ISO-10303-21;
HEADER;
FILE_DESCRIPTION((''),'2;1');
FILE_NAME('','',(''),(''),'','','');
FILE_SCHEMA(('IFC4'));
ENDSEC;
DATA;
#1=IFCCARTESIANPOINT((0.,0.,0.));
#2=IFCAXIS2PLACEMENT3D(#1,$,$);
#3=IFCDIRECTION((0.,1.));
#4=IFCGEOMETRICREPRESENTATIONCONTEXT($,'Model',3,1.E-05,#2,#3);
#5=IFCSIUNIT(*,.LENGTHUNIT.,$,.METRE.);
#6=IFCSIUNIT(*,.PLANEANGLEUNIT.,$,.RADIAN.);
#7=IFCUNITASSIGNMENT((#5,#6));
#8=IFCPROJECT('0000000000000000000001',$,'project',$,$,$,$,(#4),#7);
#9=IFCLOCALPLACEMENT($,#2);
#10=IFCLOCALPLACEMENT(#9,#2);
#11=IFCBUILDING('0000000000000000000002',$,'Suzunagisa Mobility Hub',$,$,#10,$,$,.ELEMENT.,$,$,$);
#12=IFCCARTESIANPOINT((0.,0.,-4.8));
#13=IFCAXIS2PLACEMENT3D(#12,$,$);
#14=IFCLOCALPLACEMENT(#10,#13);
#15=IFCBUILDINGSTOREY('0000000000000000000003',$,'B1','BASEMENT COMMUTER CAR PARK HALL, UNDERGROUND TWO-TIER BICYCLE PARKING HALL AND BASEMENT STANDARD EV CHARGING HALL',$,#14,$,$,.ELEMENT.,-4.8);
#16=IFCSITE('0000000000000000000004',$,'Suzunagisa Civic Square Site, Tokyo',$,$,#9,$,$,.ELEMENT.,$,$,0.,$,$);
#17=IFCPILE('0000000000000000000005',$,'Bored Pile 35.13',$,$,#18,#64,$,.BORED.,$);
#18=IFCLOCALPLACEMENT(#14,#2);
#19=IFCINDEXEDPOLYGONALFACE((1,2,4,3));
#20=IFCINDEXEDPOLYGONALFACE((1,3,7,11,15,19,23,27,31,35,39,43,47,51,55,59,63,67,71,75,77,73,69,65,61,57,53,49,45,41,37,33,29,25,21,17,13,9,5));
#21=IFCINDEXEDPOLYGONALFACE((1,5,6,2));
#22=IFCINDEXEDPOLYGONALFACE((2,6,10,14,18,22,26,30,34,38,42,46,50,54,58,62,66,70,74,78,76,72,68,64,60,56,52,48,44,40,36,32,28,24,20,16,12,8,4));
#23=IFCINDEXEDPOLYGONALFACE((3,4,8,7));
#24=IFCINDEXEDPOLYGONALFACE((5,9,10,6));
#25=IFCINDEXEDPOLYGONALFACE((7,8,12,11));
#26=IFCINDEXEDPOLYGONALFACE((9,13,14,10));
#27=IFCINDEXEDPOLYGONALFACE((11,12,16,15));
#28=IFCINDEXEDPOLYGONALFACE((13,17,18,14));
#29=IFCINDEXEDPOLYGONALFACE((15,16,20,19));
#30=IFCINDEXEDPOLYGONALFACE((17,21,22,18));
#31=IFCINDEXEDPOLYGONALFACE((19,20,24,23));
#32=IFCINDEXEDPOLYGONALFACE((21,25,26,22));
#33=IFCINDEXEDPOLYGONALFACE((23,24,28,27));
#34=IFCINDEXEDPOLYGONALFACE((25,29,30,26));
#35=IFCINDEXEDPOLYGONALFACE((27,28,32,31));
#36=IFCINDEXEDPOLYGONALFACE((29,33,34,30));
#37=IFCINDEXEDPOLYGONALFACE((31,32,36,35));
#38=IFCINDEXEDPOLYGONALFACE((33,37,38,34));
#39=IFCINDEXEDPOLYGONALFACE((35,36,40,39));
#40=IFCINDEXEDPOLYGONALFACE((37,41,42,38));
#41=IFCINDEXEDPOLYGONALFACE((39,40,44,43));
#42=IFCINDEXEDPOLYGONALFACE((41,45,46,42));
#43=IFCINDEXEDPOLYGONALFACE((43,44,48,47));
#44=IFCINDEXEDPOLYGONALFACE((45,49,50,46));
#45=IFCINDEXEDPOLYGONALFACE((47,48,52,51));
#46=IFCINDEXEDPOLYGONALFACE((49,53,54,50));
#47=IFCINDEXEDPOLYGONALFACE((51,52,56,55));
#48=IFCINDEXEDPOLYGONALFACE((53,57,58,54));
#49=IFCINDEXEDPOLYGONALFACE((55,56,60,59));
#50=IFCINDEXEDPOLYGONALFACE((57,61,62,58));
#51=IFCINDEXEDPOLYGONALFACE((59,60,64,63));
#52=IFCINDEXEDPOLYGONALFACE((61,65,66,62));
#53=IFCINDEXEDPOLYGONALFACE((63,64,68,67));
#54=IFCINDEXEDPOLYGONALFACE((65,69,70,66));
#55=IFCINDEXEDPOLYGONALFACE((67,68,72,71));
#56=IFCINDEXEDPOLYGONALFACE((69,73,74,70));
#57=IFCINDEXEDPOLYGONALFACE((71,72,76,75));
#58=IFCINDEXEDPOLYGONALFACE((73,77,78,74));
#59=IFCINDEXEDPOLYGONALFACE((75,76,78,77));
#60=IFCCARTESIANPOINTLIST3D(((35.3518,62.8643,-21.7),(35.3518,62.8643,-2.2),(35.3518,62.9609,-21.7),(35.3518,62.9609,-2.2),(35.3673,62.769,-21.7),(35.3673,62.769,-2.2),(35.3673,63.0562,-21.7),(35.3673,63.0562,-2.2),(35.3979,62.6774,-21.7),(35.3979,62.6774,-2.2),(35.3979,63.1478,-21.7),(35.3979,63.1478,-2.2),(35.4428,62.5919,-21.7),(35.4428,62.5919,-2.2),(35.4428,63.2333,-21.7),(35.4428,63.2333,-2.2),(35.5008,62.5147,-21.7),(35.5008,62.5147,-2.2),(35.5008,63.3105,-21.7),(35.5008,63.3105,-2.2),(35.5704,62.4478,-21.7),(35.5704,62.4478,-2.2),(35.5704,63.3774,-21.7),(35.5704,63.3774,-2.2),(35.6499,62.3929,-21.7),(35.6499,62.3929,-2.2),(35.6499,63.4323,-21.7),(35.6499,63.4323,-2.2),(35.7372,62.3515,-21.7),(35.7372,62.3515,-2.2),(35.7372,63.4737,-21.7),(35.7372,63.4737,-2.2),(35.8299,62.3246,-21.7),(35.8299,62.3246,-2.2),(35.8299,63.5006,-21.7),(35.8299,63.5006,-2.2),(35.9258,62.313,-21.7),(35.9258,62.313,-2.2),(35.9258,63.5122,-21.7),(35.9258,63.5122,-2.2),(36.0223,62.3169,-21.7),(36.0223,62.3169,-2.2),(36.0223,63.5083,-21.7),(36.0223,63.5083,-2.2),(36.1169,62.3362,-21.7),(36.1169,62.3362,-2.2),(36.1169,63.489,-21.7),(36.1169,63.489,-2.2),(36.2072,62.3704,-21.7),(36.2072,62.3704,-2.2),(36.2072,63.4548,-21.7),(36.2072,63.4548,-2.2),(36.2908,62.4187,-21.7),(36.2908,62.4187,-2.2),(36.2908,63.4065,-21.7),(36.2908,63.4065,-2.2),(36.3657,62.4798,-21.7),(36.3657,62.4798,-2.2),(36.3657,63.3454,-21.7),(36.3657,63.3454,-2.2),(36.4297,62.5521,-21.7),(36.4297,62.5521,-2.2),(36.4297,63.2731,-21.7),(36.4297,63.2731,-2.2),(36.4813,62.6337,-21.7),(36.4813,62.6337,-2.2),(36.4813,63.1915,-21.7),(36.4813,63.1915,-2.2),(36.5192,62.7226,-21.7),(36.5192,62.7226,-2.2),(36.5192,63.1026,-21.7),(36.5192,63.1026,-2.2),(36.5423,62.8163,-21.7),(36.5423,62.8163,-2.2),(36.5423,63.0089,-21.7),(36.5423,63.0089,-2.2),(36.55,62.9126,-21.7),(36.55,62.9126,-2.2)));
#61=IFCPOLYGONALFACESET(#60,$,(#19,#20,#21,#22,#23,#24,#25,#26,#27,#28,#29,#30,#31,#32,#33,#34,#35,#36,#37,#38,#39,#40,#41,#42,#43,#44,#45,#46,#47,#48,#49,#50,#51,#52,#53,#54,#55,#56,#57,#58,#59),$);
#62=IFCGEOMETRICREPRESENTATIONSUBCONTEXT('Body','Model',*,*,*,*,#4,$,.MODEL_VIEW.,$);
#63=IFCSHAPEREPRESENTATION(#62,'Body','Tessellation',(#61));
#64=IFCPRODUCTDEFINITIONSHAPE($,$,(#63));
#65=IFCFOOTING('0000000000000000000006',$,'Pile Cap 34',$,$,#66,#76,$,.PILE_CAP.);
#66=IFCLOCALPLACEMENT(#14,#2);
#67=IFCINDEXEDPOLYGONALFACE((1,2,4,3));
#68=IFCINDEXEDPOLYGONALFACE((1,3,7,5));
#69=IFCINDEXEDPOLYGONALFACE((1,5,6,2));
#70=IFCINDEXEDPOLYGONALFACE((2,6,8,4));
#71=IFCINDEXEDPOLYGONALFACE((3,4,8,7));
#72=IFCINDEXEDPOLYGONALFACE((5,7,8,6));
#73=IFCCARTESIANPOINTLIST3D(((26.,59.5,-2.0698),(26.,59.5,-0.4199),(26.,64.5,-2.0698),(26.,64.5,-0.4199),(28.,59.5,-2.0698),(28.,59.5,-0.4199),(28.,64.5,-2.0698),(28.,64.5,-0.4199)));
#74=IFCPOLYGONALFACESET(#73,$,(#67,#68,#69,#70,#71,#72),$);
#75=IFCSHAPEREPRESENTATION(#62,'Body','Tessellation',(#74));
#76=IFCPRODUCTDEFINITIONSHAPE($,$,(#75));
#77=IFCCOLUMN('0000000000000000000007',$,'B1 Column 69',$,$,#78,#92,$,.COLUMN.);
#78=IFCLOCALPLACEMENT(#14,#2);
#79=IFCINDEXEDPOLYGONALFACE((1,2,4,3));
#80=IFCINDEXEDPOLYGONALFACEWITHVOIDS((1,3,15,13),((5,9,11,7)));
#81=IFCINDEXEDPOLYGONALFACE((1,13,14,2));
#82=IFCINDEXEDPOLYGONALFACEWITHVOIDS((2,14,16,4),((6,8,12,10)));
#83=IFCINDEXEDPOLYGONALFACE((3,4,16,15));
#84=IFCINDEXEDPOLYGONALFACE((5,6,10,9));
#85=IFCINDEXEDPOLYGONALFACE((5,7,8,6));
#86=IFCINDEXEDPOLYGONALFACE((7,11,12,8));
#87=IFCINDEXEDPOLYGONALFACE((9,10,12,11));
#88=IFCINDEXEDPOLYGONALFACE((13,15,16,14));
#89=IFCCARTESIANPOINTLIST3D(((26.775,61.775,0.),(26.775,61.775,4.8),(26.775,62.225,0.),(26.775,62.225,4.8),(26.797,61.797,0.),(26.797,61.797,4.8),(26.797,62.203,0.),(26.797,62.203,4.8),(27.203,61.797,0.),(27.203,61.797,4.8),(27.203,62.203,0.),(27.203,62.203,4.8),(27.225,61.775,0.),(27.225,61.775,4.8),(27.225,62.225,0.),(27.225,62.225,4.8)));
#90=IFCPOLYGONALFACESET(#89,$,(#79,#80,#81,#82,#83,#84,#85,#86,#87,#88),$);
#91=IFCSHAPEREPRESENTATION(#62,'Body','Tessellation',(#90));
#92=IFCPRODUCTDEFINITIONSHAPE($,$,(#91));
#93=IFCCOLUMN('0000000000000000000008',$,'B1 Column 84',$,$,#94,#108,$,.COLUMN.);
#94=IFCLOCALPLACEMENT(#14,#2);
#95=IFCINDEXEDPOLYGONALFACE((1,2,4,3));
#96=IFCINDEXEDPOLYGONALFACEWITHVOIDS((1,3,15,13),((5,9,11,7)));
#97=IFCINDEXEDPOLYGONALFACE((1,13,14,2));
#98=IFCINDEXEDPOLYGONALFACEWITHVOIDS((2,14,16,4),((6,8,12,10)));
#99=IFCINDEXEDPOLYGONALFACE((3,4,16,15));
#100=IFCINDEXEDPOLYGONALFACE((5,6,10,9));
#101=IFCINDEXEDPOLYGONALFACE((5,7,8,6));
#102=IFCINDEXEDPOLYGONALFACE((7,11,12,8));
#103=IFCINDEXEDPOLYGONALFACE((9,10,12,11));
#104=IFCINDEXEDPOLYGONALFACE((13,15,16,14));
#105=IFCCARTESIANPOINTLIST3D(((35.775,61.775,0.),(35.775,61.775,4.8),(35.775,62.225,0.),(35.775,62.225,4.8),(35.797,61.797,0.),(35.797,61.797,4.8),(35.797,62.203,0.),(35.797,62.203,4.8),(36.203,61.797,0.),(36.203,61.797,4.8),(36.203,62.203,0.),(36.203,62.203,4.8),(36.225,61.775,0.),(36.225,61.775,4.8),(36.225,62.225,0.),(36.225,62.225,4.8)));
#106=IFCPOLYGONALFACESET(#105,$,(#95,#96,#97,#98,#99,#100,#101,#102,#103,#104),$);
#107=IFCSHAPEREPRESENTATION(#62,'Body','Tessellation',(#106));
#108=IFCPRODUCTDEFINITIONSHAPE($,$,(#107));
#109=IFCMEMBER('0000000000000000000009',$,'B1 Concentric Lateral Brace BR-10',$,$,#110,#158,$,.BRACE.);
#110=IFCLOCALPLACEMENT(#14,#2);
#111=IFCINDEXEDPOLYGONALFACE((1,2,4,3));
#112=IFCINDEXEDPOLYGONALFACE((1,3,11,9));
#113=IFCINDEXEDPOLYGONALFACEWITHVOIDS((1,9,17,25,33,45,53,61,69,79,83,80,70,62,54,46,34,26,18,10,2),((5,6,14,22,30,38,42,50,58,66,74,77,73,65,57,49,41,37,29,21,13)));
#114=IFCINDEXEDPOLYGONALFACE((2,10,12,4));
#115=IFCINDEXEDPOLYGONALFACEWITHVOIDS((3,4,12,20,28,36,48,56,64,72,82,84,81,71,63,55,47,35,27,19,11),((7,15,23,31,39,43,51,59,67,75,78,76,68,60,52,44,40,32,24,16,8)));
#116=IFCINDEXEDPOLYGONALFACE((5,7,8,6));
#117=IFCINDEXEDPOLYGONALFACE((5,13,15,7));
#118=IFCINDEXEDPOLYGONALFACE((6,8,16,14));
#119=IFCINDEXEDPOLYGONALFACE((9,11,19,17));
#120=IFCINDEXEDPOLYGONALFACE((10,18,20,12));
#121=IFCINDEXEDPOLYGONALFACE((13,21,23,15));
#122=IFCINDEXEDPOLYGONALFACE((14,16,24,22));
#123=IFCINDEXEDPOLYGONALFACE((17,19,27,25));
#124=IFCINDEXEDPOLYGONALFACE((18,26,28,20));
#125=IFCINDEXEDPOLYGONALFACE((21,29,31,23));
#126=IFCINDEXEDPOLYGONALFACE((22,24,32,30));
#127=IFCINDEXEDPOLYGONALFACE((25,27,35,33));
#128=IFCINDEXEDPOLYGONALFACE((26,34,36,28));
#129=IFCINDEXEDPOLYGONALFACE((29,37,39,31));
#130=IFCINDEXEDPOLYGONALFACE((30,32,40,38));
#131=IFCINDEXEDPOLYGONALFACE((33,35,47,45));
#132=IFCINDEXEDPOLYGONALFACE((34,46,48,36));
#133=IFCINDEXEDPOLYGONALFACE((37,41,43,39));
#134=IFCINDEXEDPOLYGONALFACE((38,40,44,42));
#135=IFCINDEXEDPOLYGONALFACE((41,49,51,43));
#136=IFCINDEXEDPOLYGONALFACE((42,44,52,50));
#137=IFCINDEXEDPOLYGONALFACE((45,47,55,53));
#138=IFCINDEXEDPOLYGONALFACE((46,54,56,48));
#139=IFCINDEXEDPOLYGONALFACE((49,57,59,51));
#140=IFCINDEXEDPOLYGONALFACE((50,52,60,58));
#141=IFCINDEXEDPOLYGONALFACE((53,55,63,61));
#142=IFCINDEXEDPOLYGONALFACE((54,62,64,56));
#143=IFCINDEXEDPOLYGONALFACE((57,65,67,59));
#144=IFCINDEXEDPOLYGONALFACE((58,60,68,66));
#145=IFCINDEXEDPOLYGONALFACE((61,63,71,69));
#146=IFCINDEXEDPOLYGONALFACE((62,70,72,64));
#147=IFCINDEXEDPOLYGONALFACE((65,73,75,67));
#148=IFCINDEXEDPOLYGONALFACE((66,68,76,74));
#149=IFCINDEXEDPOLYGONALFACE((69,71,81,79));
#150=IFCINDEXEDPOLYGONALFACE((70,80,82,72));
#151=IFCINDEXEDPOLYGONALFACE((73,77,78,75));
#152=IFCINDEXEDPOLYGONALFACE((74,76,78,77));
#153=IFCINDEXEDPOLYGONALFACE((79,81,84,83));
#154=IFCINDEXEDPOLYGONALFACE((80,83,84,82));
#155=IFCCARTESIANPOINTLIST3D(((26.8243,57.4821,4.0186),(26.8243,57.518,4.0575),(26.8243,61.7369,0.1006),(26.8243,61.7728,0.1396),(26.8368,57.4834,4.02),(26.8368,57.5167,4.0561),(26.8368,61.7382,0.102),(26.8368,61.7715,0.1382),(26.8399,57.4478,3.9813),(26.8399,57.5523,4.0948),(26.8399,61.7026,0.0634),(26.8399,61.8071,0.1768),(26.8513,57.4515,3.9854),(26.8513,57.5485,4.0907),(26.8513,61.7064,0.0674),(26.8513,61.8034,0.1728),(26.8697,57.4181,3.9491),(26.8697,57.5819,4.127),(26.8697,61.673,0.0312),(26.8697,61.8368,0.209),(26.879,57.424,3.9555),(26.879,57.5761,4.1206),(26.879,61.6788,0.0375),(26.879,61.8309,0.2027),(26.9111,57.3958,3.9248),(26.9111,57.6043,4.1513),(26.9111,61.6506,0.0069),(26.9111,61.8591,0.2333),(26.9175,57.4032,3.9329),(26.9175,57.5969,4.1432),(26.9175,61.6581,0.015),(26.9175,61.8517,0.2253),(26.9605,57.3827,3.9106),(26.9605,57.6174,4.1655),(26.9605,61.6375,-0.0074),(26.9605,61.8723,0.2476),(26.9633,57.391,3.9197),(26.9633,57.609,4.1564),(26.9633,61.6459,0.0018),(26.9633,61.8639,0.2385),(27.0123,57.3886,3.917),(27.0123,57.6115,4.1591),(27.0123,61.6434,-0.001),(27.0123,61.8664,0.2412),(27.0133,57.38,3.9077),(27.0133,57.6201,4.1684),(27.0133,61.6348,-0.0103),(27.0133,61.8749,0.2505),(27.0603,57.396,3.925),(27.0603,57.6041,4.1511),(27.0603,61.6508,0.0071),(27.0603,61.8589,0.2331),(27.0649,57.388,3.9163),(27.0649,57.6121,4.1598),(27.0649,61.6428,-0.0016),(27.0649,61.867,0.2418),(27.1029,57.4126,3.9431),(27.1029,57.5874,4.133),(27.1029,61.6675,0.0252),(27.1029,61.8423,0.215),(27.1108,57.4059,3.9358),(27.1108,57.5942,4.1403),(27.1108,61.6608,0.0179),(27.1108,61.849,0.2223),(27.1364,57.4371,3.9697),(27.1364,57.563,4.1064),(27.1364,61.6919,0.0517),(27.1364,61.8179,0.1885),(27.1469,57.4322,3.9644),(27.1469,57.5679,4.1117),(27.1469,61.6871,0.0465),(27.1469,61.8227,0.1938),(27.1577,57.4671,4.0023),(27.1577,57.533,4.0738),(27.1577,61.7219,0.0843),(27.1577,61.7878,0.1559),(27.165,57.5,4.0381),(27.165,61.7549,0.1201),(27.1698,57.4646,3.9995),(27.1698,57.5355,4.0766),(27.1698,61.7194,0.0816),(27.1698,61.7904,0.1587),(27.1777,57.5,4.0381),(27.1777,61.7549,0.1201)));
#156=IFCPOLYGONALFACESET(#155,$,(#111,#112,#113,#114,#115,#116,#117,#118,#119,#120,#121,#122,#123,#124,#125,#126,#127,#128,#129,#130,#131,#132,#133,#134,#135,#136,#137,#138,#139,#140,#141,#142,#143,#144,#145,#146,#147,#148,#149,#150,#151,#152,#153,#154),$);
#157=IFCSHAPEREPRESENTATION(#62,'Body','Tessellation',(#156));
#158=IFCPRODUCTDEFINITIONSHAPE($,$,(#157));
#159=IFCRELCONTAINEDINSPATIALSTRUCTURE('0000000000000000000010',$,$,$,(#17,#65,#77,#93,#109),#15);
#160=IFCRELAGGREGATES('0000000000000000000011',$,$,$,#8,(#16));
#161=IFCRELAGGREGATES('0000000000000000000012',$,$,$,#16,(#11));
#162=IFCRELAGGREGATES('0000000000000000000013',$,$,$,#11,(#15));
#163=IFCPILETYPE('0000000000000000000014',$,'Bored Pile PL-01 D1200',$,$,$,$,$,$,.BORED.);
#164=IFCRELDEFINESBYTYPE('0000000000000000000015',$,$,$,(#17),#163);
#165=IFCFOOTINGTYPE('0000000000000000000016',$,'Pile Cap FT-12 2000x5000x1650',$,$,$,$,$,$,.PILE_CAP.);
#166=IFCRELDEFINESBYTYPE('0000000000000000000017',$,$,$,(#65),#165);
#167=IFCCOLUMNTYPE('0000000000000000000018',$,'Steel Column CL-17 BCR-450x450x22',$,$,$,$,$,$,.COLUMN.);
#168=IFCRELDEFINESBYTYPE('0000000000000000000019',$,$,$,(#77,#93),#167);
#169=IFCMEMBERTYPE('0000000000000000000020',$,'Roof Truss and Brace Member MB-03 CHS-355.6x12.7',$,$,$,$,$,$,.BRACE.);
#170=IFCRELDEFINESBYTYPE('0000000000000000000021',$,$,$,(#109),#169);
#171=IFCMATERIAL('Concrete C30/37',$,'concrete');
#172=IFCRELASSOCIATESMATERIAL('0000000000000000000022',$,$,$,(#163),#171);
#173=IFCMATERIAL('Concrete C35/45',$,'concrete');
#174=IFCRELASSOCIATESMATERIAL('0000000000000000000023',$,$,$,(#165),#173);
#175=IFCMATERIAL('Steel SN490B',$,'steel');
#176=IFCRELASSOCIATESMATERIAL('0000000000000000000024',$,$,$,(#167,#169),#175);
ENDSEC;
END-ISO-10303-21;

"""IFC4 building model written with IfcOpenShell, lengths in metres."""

from ifc_helpers import new_model, si_unit, direction, frame, origin, origin_2d, place, context, subcontext, project, spatial, rectangle, hollow_rectangle, circle, hollow_circle, extrude, material, material_profile, profile_set, type_object, element, save


model = new_model("IFC4")

# Units and contexts
model_context = context("Model", 3, precision=1e-05, world=origin(), true_north=direction((0.0, 1.0)))
body_context = subcontext(model_context, "Body", "Model", "MODEL_VIEW")
ifc_project = project(units=[si_unit("LENGTHUNIT", "METRE"), si_unit("PLANEANGLEUNIT", "RADIAN")], contexts=[model_context])

# Site, building, storey
site_placement = place(None, origin())
site = spatial("IfcSite", under=ifc_project, at=site_placement, Name="Suzunagisa Civic Square Site, Tokyo", CompositionType="ELEMENT", RefElevation=0.0)
building_placement = place(site_placement, origin())
building = spatial("IfcBuilding", under=site, at=building_placement, Name="Suzunagisa Mobility Hub", CompositionType="ELEMENT")
storey_placement = place(building_placement, frame((0.0, 0.0, -4.8)))
storey = spatial("IfcBuildingStorey", under=building, at=storey_placement, Name="B1", Description="BASEMENT COMMUTER CAR PARK HALL, UNDERGROUND TWO-TIER BICYCLE PARKING HALL AND BASEMENT STANDARD EV CHARGING HALL", CompositionType="ELEMENT", Elevation=-4.8)

# Pile
ifc_material_1 = material(Name="Concrete C30/37", Category="concrete")
ifc_material_profile_1 = material_profile(ifc_material_1, circle(Radius=0.6001, at=origin_2d()), Name="BORED PILE D1200")
ifc_profile_set_1 = profile_set([ifc_material_profile_1], Name="Concrete C30/37")
pile_type = type_object("IfcPileType", Name="Bored Pile PL-01 D1200", PredefinedType="BORED", material=ifc_profile_set_1)
for number, where, z_axis, x_axis, name in (
    (1, (35.95, 62.9126, -2.2), (0.0, 0.0, -1.0), (1.0, 0.0, 0.0), "Bored Pile 35.13"),
):
    element("IfcPile", number, at=place(storey_placement, frame(where, z_axis=z_axis, x_axis=x_axis)), inside=storey, type_object=pile_type, Name=name, PredefinedType="BORED", context=body_context, shape_type="SweptSolid", body=[
        extrude(circle(Radius=0.6001, at=origin_2d()), origin(), (0.0, 0.0, 1.0), 19.5),
    ])

# Footing
ifc_material_2 = material(Name="Concrete C35/45", Category="concrete")
footing_type = type_object("IfcFootingType", Name="Pile Cap FT-12 2000x5000x1650", PredefinedType="PILE_CAP", material=ifc_material_2)
footing_placement = place(storey_placement, frame((27.0, 62.0, -2.0698), z_axis=(0.0, 0.0, 1.0), x_axis=(1.0, 0.0, 0.0)))
element("IfcFooting", 2, at=footing_placement, inside=storey, type_object=footing_type, Name="Pile Cap 34", PredefinedType="PILE_CAP", context=body_context, shape_type="SweptSolid", body=[
    extrude(rectangle(XDim=2.0, YDim=5.0, at=origin_2d()), origin(), (0.0, 0.0, 1.0), 1.6499),
])

# Columns
ifc_material_3 = material(Name="Steel SN490B", Category="steel")
ifc_material_profile_2 = material_profile(ifc_material_3, hollow_rectangle(XDim=0.45, YDim=0.45, WallThickness=0.022, at=origin_2d()), Name="BCR-450x450x22")
ifc_profile_set_2 = profile_set([ifc_material_profile_2], Name="Steel SN490B")
column_type = type_object("IfcColumnType", Name="Steel Column CL-17 BCR-450x450x22", PredefinedType="COLUMN", material=ifc_profile_set_2)
for number, where, z_axis, x_axis, name in (
    (3, (27.0, 62.0, 0.0), (0.0, 0.0, 1.0), (1.0, 0.0, 0.0), "B1 Column 69"),
    (4, (36.0, 62.0, 0.0), (0.0, 0.0, 1.0), (1.0, 0.0, 0.0), "B1 Column 84"),
):
    element("IfcColumn", number, at=place(storey_placement, frame(where, z_axis=z_axis, x_axis=x_axis)), inside=storey, type_object=column_type, Name=name, PredefinedType="COLUMN", context=body_context, shape_type="SweptSolid", body=[
        extrude(hollow_rectangle(XDim=0.45, YDim=0.45, WallThickness=0.022, at=origin_2d()), origin(), (0.0, 0.0, 1.0), 4.8),
    ])

# Member
ifc_material_profile_3 = material_profile(ifc_material_3, hollow_circle(Radius=0.1777, WallThickness=0.0127, at=origin_2d()), Name="CHS-355.6x12.7")
ifc_profile_set_3 = profile_set([ifc_material_profile_3], Name="Steel SN490B")
member_type = type_object("IfcMemberType", Name="Roof Truss and Brace Member MB-03 CHS-355.6x12.7", PredefinedType="BRACE", material=ifc_profile_set_3)
member_placement = place(storey_placement, frame((27.0, 61.7549, 0.1201), z_axis=(0.0, -0.735631, 0.677382), x_axis=(1.0, 0.0, 0.0)))
element("IfcMember", 5, at=member_placement, inside=storey, type_object=member_type, Name="B1 Concentric Lateral Brace BR-10", PredefinedType="BRACE", context=body_context, shape_type="SweptSolid", body=[
    extrude(hollow_circle(Radius=0.1777, WallThickness=0.0127, at=origin_2d()), origin(), (0.0, 0.0, 1.0), 5.7839),
])

save(model, "model.ifc")
